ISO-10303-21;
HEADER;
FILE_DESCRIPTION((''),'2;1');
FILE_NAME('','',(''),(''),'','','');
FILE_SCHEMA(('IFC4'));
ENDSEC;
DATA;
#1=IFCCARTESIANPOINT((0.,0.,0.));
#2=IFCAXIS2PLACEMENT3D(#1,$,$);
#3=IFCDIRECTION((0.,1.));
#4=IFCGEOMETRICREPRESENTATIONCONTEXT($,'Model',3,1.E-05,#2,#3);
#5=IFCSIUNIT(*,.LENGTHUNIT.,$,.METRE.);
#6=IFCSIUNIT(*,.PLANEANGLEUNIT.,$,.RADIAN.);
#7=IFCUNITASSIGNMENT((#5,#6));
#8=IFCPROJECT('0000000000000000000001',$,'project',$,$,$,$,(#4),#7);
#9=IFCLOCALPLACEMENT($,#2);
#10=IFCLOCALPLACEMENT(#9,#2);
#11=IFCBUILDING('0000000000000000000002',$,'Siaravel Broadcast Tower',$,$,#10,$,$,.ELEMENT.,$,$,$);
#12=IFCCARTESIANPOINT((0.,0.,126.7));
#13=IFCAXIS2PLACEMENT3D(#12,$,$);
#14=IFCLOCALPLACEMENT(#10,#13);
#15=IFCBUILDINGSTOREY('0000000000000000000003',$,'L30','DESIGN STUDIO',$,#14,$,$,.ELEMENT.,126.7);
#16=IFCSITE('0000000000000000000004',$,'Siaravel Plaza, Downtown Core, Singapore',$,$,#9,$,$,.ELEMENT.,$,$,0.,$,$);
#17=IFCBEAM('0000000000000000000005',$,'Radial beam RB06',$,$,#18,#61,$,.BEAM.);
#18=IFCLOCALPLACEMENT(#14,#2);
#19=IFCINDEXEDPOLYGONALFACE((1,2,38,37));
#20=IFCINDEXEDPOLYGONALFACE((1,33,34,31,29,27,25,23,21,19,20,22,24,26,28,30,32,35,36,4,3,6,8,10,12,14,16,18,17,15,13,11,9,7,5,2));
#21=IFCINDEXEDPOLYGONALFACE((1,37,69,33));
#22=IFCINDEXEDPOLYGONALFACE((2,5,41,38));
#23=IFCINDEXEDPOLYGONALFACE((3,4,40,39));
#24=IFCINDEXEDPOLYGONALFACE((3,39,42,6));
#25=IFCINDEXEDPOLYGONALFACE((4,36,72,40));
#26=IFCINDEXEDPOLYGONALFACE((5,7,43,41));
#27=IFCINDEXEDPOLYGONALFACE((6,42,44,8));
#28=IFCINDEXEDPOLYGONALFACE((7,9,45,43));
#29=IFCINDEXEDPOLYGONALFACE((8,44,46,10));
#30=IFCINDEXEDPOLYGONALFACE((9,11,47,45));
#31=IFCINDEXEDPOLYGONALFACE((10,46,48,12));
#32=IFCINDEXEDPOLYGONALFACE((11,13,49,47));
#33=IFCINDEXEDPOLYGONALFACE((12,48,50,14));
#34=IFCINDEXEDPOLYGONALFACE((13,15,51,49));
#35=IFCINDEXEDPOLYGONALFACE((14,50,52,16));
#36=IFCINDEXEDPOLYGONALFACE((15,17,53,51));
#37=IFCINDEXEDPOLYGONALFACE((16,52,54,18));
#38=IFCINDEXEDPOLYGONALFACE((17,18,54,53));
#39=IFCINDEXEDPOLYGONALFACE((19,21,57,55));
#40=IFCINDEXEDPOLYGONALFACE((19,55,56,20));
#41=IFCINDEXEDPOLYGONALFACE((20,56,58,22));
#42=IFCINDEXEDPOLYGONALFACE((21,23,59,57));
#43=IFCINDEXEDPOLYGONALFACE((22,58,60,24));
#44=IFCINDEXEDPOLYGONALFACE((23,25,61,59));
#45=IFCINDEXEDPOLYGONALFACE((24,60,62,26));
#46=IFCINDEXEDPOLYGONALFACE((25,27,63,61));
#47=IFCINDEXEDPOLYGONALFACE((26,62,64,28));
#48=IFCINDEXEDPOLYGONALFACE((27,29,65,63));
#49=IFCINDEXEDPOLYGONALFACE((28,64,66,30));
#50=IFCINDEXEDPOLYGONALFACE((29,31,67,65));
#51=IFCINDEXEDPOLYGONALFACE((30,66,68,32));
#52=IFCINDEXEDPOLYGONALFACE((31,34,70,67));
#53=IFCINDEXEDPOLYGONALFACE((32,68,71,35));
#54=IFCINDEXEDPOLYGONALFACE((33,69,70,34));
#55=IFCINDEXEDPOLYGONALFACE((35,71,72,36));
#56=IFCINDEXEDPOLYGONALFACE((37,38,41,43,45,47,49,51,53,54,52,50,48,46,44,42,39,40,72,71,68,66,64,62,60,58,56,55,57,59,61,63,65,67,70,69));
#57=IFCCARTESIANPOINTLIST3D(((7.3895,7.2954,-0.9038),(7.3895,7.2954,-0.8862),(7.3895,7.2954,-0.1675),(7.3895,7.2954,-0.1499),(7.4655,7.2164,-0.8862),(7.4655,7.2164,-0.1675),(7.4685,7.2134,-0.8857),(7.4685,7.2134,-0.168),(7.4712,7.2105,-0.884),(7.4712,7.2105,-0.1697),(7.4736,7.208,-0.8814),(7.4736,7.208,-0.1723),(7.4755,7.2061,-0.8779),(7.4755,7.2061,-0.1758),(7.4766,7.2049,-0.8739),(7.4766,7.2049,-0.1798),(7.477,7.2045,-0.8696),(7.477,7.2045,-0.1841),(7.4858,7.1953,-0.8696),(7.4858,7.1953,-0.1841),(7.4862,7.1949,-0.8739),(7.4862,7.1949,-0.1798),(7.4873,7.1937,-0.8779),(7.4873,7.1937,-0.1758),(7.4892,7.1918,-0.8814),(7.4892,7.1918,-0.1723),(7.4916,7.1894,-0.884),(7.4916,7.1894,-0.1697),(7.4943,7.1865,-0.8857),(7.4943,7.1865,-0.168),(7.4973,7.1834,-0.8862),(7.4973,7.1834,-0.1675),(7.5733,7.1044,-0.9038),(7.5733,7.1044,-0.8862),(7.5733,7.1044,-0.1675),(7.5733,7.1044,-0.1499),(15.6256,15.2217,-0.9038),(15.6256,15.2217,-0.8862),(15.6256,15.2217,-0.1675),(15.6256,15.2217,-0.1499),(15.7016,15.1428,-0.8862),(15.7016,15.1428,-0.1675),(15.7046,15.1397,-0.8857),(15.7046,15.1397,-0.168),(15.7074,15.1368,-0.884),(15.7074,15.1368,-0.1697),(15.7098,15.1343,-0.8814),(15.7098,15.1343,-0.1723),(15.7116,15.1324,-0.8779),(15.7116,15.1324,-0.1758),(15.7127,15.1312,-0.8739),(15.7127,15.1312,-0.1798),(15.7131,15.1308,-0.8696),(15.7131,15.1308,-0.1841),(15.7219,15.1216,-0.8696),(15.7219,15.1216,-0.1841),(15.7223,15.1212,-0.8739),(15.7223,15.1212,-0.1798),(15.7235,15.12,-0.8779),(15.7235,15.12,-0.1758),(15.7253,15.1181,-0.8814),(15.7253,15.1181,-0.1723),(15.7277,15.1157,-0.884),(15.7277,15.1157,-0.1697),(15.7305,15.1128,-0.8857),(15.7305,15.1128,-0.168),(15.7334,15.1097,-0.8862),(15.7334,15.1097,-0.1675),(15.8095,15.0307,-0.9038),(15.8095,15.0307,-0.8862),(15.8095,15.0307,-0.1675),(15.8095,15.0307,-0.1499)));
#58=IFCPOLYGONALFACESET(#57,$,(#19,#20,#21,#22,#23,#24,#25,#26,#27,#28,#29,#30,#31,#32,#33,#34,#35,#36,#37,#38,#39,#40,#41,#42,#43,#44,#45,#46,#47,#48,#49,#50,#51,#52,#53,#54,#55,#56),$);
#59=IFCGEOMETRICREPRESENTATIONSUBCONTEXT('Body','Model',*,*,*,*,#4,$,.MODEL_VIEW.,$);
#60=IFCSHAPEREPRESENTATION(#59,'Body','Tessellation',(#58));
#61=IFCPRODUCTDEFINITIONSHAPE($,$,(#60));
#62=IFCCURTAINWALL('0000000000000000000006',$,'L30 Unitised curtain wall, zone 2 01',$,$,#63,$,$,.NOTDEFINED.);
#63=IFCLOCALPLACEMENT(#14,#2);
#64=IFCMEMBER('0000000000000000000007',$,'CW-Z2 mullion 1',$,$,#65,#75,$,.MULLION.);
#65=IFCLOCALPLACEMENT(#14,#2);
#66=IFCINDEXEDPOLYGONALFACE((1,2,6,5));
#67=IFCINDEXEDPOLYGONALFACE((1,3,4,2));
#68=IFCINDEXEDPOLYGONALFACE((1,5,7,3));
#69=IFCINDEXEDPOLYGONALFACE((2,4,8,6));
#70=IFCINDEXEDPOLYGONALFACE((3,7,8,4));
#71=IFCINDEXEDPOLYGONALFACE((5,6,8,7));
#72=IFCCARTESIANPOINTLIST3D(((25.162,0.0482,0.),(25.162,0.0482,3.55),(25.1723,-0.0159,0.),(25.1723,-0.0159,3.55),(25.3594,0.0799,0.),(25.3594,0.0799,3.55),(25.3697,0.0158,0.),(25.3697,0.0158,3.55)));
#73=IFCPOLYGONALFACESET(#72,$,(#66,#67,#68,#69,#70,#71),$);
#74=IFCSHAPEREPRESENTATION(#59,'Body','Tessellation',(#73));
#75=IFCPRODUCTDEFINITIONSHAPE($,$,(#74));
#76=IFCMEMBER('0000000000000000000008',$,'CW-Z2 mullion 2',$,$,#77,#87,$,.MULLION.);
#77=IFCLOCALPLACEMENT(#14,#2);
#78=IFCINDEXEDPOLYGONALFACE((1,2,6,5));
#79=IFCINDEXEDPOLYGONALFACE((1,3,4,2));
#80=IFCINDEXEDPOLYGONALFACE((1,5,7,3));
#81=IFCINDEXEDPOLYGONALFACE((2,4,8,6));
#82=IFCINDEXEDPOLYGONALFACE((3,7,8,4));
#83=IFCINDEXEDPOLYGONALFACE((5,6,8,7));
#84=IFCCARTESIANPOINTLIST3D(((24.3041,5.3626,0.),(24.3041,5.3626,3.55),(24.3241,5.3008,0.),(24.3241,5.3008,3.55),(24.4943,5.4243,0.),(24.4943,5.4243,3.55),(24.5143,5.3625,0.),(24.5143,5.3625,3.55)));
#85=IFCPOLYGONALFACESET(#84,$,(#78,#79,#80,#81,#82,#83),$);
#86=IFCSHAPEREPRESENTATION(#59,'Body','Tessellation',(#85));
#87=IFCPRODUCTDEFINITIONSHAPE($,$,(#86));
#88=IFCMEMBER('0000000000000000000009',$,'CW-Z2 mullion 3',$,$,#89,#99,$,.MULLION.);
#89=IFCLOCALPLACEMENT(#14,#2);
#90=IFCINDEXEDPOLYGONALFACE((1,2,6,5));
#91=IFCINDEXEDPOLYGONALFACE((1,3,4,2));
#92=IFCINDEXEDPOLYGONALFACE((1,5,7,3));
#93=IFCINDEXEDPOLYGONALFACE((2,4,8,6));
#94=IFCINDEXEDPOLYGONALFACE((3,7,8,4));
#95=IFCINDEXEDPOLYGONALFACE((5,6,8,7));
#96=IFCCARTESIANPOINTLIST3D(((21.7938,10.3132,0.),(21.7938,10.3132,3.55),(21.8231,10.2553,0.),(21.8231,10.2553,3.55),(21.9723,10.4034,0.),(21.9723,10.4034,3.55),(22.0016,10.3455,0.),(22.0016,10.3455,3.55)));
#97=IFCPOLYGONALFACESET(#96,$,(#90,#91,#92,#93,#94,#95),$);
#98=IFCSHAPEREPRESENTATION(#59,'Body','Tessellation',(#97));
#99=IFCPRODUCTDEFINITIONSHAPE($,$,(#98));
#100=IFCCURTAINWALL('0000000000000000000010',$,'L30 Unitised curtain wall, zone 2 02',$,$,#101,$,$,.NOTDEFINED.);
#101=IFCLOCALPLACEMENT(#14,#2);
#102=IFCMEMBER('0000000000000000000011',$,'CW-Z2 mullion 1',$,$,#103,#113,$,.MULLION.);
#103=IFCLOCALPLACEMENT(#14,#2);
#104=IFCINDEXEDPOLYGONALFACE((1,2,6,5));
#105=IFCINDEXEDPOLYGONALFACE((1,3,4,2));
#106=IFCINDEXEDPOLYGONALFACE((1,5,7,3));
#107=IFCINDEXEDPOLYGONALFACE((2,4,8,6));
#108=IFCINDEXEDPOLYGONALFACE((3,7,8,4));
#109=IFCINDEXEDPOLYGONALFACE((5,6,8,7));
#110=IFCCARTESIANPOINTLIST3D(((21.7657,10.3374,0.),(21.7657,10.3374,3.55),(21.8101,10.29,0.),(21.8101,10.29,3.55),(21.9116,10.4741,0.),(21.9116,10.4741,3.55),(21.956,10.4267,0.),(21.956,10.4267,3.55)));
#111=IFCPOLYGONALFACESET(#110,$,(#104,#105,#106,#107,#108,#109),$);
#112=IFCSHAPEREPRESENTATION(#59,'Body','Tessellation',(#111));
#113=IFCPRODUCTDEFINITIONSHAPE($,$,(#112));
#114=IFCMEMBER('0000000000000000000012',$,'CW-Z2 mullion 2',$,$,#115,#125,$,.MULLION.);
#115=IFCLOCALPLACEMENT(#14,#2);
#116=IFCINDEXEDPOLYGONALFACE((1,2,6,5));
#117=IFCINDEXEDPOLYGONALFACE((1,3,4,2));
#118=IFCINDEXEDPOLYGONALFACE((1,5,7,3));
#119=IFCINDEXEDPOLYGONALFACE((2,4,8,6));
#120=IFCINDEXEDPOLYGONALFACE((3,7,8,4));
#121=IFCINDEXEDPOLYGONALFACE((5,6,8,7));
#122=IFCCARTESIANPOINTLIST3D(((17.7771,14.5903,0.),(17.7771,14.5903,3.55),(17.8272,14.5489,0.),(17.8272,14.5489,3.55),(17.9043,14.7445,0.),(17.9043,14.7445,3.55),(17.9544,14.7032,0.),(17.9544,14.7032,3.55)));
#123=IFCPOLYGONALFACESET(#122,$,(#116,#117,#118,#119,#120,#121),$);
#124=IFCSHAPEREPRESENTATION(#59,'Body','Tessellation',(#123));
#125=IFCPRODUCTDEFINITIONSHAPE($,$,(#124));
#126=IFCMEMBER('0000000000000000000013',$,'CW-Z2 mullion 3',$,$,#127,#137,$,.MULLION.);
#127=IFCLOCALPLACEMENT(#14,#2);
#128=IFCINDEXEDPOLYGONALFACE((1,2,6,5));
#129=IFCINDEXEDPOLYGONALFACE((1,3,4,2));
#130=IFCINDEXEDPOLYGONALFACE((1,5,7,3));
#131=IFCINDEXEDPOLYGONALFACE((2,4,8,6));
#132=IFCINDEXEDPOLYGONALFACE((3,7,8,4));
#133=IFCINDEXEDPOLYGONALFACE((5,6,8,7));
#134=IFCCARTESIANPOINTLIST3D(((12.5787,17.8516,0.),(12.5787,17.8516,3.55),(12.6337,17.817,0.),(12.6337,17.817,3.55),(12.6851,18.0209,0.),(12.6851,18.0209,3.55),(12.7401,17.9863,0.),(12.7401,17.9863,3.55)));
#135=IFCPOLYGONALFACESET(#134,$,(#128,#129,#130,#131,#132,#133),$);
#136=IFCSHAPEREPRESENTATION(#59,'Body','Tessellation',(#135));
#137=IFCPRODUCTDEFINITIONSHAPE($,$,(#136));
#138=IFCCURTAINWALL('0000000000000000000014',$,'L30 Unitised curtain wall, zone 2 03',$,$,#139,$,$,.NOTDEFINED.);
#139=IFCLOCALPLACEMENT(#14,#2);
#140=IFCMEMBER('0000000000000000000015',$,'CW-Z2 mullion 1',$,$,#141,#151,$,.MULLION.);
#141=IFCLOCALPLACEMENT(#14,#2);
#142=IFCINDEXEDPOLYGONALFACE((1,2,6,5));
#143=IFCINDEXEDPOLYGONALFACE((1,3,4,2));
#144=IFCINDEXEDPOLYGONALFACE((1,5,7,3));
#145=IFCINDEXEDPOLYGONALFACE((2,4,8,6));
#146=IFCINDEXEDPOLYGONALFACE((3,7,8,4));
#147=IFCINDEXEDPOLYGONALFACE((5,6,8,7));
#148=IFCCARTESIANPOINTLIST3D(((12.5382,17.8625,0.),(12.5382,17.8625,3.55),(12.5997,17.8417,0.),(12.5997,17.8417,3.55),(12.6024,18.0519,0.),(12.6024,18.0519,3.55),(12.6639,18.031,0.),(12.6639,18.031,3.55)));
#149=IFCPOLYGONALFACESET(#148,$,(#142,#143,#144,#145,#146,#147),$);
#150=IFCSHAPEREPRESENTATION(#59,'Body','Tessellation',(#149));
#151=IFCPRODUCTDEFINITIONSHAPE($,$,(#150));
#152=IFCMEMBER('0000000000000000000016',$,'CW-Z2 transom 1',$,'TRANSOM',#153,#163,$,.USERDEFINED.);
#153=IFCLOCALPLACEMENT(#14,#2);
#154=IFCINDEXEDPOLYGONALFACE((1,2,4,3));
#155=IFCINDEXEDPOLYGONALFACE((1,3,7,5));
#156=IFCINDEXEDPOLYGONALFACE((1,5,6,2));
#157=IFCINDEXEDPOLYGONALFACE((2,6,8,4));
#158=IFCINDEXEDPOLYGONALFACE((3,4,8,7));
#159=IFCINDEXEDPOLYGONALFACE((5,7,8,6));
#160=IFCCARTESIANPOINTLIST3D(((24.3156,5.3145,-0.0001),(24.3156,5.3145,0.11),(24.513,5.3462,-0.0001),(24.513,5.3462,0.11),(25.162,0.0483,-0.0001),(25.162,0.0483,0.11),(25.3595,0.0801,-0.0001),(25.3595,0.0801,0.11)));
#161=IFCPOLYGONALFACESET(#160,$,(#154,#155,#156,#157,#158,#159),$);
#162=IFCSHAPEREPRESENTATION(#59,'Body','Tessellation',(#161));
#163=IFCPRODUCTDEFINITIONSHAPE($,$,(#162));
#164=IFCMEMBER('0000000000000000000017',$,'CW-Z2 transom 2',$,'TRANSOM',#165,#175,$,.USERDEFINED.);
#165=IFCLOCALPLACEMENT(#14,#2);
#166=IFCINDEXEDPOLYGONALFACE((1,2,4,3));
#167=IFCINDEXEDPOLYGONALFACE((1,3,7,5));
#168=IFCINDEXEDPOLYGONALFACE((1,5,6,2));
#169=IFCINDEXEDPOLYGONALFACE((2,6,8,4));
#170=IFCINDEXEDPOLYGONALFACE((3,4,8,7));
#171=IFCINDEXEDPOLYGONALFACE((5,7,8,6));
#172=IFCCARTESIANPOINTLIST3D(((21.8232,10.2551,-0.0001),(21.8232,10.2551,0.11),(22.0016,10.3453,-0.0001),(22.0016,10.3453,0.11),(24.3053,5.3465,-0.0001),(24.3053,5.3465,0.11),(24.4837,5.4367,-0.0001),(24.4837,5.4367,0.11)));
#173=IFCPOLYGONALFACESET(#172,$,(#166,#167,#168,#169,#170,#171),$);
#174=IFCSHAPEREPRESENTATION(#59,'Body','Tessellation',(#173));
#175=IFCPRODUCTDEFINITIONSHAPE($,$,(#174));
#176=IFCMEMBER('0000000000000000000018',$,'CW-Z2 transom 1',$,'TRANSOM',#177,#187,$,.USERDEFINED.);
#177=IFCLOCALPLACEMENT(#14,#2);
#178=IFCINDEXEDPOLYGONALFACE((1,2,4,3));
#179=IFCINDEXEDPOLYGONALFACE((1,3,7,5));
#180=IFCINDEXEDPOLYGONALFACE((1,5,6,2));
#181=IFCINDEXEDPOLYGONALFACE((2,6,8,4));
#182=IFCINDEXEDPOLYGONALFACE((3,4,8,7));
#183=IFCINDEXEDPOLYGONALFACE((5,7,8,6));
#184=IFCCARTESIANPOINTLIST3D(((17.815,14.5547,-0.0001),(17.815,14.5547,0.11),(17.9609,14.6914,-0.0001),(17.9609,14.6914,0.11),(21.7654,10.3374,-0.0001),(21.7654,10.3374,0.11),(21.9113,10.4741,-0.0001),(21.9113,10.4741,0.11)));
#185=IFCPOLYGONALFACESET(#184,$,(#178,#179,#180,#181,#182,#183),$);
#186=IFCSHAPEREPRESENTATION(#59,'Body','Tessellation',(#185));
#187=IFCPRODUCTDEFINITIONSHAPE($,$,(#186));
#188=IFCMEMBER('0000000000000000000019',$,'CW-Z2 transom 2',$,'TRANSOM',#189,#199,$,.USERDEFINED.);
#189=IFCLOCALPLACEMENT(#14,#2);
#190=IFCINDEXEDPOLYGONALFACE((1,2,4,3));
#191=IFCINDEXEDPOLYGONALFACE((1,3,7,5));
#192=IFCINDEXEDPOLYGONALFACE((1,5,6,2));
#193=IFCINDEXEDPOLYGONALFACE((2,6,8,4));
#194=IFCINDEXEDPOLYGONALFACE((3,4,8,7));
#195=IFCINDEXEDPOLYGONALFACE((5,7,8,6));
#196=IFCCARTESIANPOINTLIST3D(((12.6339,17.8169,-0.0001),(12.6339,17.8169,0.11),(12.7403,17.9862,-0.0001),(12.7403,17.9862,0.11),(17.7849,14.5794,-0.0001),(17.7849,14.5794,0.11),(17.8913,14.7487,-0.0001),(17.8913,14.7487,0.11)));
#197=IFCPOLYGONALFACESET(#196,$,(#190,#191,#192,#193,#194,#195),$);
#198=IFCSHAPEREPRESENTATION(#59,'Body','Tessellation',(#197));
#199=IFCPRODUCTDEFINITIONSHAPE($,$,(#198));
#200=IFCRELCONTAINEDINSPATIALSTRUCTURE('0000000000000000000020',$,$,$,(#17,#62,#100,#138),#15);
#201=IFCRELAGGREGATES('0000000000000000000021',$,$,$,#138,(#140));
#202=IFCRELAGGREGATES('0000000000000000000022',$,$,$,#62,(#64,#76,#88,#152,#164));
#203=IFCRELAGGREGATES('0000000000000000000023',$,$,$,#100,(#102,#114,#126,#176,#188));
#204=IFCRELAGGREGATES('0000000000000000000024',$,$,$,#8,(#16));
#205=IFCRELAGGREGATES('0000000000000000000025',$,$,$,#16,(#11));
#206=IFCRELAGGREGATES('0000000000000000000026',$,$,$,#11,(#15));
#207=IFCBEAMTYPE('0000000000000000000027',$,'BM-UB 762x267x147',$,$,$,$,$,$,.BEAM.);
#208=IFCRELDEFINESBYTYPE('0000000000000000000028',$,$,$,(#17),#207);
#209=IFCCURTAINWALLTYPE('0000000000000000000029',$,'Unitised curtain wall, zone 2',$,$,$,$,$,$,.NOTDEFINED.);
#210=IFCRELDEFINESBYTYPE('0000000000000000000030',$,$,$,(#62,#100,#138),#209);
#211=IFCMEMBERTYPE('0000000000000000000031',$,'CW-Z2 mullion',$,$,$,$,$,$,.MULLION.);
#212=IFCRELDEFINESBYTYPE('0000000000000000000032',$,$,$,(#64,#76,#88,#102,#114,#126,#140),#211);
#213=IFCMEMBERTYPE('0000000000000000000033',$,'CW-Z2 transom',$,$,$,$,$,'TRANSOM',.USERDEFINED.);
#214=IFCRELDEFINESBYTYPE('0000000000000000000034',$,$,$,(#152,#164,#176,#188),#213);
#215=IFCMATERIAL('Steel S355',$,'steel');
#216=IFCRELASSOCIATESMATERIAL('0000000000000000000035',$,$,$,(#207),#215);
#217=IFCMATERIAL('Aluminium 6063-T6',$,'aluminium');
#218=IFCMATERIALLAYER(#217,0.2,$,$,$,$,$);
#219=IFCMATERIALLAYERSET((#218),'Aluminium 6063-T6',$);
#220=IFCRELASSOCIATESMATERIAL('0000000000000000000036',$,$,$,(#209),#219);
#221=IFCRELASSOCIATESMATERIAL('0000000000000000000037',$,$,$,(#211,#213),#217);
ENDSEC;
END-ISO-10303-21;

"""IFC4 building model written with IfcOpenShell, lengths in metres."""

from ifc_helpers import new_model, si_unit, direction, frame, origin, origin_2d, place, context, subcontext, project, spatial, rectangle, i_section, extrude, material, layer, layer_set, material_profile, profile_set, type_object, element, aggregate, save


model = new_model("IFC4")

# Units and contexts
model_context = context("Model", 3, precision=1e-05, world=origin(), true_north=direction((0.0, 1.0)))
body_context = subcontext(model_context, "Body", "Model", "MODEL_VIEW")
ifc_project = project(units=[si_unit("LENGTHUNIT", "METRE"), si_unit("PLANEANGLEUNIT", "RADIAN")], contexts=[model_context])

# Site, building, storey
site_placement = place(None, origin())
site = spatial("IfcSite", under=ifc_project, at=site_placement, Name="Siaravel Plaza, Downtown Core, Singapore", CompositionType="ELEMENT", RefElevation=0.0)
building_placement = place(site_placement, origin())
building = spatial("IfcBuilding", under=site, at=building_placement, Name="Siaravel Broadcast Tower", CompositionType="ELEMENT")
storey_placement = place(building_placement, frame((0.0, 0.0, 126.7)))
storey = spatial("IfcBuildingStorey", under=building, at=storey_placement, Name="L30", Description="DESIGN STUDIO", CompositionType="ELEMENT", Elevation=126.7)

# Beam
ifc_material_1 = material(Name="Steel S355", Category="steel")
ifc_material_profile_1 = material_profile(ifc_material_1, i_section(OverallWidth=0.2651, OverallDepth=0.7539, WebThickness=0.0127, FlangeThickness=0.0176, FilletRadius=0.0166, at=origin_2d()))
ifc_profile_set_1 = profile_set([ifc_material_profile_1], Name="Steel S355")
beam_type = type_object("IfcBeamType", Name="BM-UB 762x267x147", PredefinedType="BEAM", material=ifc_profile_set_1)
beam_1_placement = place(storey_placement, frame((15.7175, 15.1262, -0.5269), z_axis=(-0.720529, -0.693425, 0.0), x_axis=(0.693425, -0.720529, 0.0)))
element("IfcBeam", 1, at=beam_1_placement, inside=storey, type_object=beam_type, Name="Radial beam RB06", PredefinedType="BEAM", context=body_context, shape_type="SweptSolid", body=[
    extrude(i_section(OverallWidth=0.2651, OverallDepth=0.7539, WebThickness=0.0127, FlangeThickness=0.0176, FilletRadius=0.0166, at=origin_2d()), origin(), (0.0, 0.0, 1.0), 11.4307),
])

# Curtain walls, members
ifc_material_2 = material(Name="Aluminium 6063-T6", Category="aluminium")
ifc_layer_1 = layer(ifc_material_2, 0.2)
ifc_layer_set_1 = layer_set([ifc_layer_1], Name="Aluminium 6063-T6")
curtain_wall_type = type_object("IfcCurtainWallType", Name="Unitised curtain wall, zone 2", PredefinedType="NOTDEFINED", material=ifc_layer_set_1)
curtain_wall_1_placement = place(storey_placement, origin())
curtain_wall_1 = element("IfcCurtainWall", 2, at=curtain_wall_1_placement, inside=storey, type_object=curtain_wall_type, Name="L30 Unitised curtain wall, zone 2 01", PredefinedType="NOTDEFINED")
ifc_material_profile_2 = material_profile(ifc_material_2, rectangle(XDim=0.2, YDim=0.0649, at=origin_2d()))
ifc_profile_set_2 = profile_set([ifc_material_profile_2], Name="Aluminium 6063-T6")
member_type_1 = type_object("IfcMemberType", Name="CW-Z2 mullion", PredefinedType="MULLION", material=ifc_profile_set_2)
member_1_placement = place(storey_placement, frame((25.2659, 0.032, 0.0), z_axis=(0.0, 0.0, 1.0), x_axis=(-0.987329, -0.158686, 0.0)))
member_1 = element("IfcMember", 3, at=member_1_placement, type_object=member_type_1, Name="CW-Z2 mullion 1", PredefinedType="MULLION", context=body_context, shape_type="SweptSolid", body=[
    extrude(rectangle(XDim=0.2, YDim=0.0649, at=origin_2d()), origin(), (0.0, 0.0, 1.0), 3.55),
])
member_2_placement = place(storey_placement, frame((24.4092, 5.3625, 0.0), z_axis=(0.0, 0.0, 1.0), x_axis=(-0.951177, -0.308645, 0.0)))
member_2 = element("IfcMember", 4, at=member_2_placement, type_object=member_type_1, Name="CW-Z2 mullion 2", PredefinedType="MULLION", context=body_context, shape_type="SweptSolid", body=[
    extrude(rectangle(XDim=0.2, YDim=0.0649, at=origin_2d()), origin(), (0.0, 0.0, 1.0), 3.55),
])
member_3_placement = place(storey_placement, frame((21.8977, 10.3293, 0.0), z_axis=(0.0, 0.0, 1.0), x_axis=(-0.892392, -0.451261, 0.0)))
member_3 = element("IfcMember", 5, at=member_3_placement, type_object=member_type_1, Name="CW-Z2 mullion 3", PredefinedType="MULLION", context=body_context, shape_type="SweptSolid", body=[
    extrude(rectangle(XDim=0.2, YDim=0.0649, at=origin_2d()), origin(), (0.0, 0.0, 1.0), 3.55),
])
curtain_wall_2_placement = place(storey_placement, origin())
curtain_wall_2 = element("IfcCurtainWall", 6, at=curtain_wall_2_placement, inside=storey, type_object=curtain_wall_type, Name="L30 Unitised curtain wall, zone 2 02", PredefinedType="NOTDEFINED")
member_4_placement = place(storey_placement, frame((21.8608, 10.3821, 0.0), z_axis=(0.0, 0.0, 1.0), x_axis=(-0.729805, -0.683655, 0.0)))
member_4 = element("IfcMember", 7, at=member_4_placement, type_object=member_type_1, Name="CW-Z2 mullion 1", PredefinedType="MULLION", context=body_context, shape_type="SweptSolid", body=[
    extrude(rectangle(XDim=0.2, YDim=0.0649, at=origin_2d()), origin(), (0.0, 0.0, 1.0), 3.55),
])
member_5_placement = place(storey_placement, frame((17.8657, 14.6467, 0.0), z_axis=(0.0, 0.0, 1.0), x_axis=(-0.636219, -0.771509, 0.0)))
member_5 = element("IfcMember", 8, at=member_5_placement, type_object=member_type_1, Name="CW-Z2 mullion 2", PredefinedType="MULLION", context=body_context, shape_type="SweptSolid", body=[
    extrude(rectangle(XDim=0.2, YDim=0.0649, at=origin_2d()), origin(), (0.0, 0.0, 1.0), 3.55),
])
member_6_placement = place(storey_placement, frame((12.6594, 17.9189, 0.0), z_axis=(0.0, 0.0, 1.0), x_axis=(-0.532149, -0.846651, 0.0)))
member_6 = element("IfcMember", 9, at=member_6_placement, type_object=member_type_1, Name="CW-Z2 mullion 3", PredefinedType="MULLION", context=body_context, shape_type="SweptSolid", body=[
    extrude(rectangle(XDim=0.2, YDim=0.0649, at=origin_2d()), origin(), (0.0, 0.0, 1.0), 3.55),
])

# Curtain wall, member
curtain_wall_3_placement = place(storey_placement, origin())
curtain_wall_3 = element("IfcCurtainWall", 10, at=curtain_wall_3_placement, inside=storey, type_object=curtain_wall_type, Name="L30 Unitised curtain wall, zone 2 03", PredefinedType="NOTDEFINED")
member_7_placement = place(storey_placement, frame((12.6011, 17.9468, 0.0), z_axis=(0.0, 0.0, 1.0), x_axis=(-0.321301, -0.946977, 0.0)))
member_7 = element("IfcMember", 11, at=member_7_placement, type_object=member_type_1, Name="CW-Z2 mullion 1", PredefinedType="MULLION", context=body_context, shape_type="SweptSolid", body=[
    extrude(rectangle(XDim=0.2, YDim=0.0649, at=origin_2d()), origin(), (0.0, 0.0, 1.0), 3.55),
])
aggregate(curtain_wall_3, [member_7])

# Members
ifc_material_profile_3 = material_profile(ifc_material_2, rectangle(XDim=0.2, YDim=0.1101, at=origin_2d()))
ifc_profile_set_3 = profile_set([ifc_material_profile_3], Name="Aluminium 6063-T6")
member_type_2 = type_object("IfcMemberType", Name="CW-Z2 transom", ElementType="TRANSOM", PredefinedType="USERDEFINED", material=ifc_profile_set_3)
member_8_placement = place(storey_placement, frame((25.2607, 0.0642, 0.0549), z_axis=(-0.158696, 0.987328, 0.0), x_axis=(-0.987328, -0.158696, 0.0)))
member_8 = element("IfcMember", 12, at=member_8_placement, type_object=member_type_2, Name="CW-Z2 transom 1", ObjectType="TRANSOM", PredefinedType="USERDEFINED", context=body_context, shape_type="SweptSolid", body=[
    extrude(rectangle(XDim=0.2, YDim=0.1101, at=origin_2d()), origin(), (0.0, 0.0, 1.0), 5.3337),
])
member_9_placement = place(storey_placement, frame((24.3945, 5.3916, 0.0549), z_axis=(-0.451257, 0.892394, 0.0), x_axis=(-0.892394, -0.451257, 0.0)))
member_9 = element("IfcMember", 13, at=member_9_placement, type_object=member_type_2, Name="CW-Z2 transom 2", ObjectType="TRANSOM", PredefinedType="USERDEFINED", context=body_context, shape_type="SweptSolid", body=[
    extrude(rectangle(XDim=0.2, YDim=0.1101, at=origin_2d()), origin(), (0.0, 0.0, 1.0), 5.5005),
])
member_10_placement = place(storey_placement, frame((21.8384, 10.4058, 0.0549), z_axis=(-0.68364, 0.729819, 0.0), x_axis=(-0.729819, -0.68364, 0.0)))
member_10 = element("IfcMember", 14, at=member_10_placement, type_object=member_type_2, Name="CW-Z2 transom 1", ObjectType="TRANSOM", PredefinedType="USERDEFINED", context=body_context, shape_type="SweptSolid", body=[
    extrude(rectangle(XDim=0.2, YDim=0.1101, at=origin_2d()), origin(), (0.0, 0.0, 1.0), 5.7786),
])
member_11_placement = place(storey_placement, frame((17.8381, 14.6641, 0.0549), z_axis=(-0.846659, 0.532136, 0.0), x_axis=(-0.532136, -0.846659, 0.0)))
member_11 = element("IfcMember", 15, at=member_11_placement, type_object=member_type_2, Name="CW-Z2 transom 2", ObjectType="TRANSOM", PredefinedType="USERDEFINED", context=body_context, shape_type="SweptSolid", body=[
    extrude(rectangle(XDim=0.2, YDim=0.1101, at=origin_2d()), origin(), (0.0, 0.0, 1.0), 6.084),
])

aggregate(curtain_wall_1, [member_1, member_2, member_3, member_8, member_9])
aggregate(curtain_wall_2, [member_4, member_5, member_6, member_10, member_11])

save(model, "model.ifc")
